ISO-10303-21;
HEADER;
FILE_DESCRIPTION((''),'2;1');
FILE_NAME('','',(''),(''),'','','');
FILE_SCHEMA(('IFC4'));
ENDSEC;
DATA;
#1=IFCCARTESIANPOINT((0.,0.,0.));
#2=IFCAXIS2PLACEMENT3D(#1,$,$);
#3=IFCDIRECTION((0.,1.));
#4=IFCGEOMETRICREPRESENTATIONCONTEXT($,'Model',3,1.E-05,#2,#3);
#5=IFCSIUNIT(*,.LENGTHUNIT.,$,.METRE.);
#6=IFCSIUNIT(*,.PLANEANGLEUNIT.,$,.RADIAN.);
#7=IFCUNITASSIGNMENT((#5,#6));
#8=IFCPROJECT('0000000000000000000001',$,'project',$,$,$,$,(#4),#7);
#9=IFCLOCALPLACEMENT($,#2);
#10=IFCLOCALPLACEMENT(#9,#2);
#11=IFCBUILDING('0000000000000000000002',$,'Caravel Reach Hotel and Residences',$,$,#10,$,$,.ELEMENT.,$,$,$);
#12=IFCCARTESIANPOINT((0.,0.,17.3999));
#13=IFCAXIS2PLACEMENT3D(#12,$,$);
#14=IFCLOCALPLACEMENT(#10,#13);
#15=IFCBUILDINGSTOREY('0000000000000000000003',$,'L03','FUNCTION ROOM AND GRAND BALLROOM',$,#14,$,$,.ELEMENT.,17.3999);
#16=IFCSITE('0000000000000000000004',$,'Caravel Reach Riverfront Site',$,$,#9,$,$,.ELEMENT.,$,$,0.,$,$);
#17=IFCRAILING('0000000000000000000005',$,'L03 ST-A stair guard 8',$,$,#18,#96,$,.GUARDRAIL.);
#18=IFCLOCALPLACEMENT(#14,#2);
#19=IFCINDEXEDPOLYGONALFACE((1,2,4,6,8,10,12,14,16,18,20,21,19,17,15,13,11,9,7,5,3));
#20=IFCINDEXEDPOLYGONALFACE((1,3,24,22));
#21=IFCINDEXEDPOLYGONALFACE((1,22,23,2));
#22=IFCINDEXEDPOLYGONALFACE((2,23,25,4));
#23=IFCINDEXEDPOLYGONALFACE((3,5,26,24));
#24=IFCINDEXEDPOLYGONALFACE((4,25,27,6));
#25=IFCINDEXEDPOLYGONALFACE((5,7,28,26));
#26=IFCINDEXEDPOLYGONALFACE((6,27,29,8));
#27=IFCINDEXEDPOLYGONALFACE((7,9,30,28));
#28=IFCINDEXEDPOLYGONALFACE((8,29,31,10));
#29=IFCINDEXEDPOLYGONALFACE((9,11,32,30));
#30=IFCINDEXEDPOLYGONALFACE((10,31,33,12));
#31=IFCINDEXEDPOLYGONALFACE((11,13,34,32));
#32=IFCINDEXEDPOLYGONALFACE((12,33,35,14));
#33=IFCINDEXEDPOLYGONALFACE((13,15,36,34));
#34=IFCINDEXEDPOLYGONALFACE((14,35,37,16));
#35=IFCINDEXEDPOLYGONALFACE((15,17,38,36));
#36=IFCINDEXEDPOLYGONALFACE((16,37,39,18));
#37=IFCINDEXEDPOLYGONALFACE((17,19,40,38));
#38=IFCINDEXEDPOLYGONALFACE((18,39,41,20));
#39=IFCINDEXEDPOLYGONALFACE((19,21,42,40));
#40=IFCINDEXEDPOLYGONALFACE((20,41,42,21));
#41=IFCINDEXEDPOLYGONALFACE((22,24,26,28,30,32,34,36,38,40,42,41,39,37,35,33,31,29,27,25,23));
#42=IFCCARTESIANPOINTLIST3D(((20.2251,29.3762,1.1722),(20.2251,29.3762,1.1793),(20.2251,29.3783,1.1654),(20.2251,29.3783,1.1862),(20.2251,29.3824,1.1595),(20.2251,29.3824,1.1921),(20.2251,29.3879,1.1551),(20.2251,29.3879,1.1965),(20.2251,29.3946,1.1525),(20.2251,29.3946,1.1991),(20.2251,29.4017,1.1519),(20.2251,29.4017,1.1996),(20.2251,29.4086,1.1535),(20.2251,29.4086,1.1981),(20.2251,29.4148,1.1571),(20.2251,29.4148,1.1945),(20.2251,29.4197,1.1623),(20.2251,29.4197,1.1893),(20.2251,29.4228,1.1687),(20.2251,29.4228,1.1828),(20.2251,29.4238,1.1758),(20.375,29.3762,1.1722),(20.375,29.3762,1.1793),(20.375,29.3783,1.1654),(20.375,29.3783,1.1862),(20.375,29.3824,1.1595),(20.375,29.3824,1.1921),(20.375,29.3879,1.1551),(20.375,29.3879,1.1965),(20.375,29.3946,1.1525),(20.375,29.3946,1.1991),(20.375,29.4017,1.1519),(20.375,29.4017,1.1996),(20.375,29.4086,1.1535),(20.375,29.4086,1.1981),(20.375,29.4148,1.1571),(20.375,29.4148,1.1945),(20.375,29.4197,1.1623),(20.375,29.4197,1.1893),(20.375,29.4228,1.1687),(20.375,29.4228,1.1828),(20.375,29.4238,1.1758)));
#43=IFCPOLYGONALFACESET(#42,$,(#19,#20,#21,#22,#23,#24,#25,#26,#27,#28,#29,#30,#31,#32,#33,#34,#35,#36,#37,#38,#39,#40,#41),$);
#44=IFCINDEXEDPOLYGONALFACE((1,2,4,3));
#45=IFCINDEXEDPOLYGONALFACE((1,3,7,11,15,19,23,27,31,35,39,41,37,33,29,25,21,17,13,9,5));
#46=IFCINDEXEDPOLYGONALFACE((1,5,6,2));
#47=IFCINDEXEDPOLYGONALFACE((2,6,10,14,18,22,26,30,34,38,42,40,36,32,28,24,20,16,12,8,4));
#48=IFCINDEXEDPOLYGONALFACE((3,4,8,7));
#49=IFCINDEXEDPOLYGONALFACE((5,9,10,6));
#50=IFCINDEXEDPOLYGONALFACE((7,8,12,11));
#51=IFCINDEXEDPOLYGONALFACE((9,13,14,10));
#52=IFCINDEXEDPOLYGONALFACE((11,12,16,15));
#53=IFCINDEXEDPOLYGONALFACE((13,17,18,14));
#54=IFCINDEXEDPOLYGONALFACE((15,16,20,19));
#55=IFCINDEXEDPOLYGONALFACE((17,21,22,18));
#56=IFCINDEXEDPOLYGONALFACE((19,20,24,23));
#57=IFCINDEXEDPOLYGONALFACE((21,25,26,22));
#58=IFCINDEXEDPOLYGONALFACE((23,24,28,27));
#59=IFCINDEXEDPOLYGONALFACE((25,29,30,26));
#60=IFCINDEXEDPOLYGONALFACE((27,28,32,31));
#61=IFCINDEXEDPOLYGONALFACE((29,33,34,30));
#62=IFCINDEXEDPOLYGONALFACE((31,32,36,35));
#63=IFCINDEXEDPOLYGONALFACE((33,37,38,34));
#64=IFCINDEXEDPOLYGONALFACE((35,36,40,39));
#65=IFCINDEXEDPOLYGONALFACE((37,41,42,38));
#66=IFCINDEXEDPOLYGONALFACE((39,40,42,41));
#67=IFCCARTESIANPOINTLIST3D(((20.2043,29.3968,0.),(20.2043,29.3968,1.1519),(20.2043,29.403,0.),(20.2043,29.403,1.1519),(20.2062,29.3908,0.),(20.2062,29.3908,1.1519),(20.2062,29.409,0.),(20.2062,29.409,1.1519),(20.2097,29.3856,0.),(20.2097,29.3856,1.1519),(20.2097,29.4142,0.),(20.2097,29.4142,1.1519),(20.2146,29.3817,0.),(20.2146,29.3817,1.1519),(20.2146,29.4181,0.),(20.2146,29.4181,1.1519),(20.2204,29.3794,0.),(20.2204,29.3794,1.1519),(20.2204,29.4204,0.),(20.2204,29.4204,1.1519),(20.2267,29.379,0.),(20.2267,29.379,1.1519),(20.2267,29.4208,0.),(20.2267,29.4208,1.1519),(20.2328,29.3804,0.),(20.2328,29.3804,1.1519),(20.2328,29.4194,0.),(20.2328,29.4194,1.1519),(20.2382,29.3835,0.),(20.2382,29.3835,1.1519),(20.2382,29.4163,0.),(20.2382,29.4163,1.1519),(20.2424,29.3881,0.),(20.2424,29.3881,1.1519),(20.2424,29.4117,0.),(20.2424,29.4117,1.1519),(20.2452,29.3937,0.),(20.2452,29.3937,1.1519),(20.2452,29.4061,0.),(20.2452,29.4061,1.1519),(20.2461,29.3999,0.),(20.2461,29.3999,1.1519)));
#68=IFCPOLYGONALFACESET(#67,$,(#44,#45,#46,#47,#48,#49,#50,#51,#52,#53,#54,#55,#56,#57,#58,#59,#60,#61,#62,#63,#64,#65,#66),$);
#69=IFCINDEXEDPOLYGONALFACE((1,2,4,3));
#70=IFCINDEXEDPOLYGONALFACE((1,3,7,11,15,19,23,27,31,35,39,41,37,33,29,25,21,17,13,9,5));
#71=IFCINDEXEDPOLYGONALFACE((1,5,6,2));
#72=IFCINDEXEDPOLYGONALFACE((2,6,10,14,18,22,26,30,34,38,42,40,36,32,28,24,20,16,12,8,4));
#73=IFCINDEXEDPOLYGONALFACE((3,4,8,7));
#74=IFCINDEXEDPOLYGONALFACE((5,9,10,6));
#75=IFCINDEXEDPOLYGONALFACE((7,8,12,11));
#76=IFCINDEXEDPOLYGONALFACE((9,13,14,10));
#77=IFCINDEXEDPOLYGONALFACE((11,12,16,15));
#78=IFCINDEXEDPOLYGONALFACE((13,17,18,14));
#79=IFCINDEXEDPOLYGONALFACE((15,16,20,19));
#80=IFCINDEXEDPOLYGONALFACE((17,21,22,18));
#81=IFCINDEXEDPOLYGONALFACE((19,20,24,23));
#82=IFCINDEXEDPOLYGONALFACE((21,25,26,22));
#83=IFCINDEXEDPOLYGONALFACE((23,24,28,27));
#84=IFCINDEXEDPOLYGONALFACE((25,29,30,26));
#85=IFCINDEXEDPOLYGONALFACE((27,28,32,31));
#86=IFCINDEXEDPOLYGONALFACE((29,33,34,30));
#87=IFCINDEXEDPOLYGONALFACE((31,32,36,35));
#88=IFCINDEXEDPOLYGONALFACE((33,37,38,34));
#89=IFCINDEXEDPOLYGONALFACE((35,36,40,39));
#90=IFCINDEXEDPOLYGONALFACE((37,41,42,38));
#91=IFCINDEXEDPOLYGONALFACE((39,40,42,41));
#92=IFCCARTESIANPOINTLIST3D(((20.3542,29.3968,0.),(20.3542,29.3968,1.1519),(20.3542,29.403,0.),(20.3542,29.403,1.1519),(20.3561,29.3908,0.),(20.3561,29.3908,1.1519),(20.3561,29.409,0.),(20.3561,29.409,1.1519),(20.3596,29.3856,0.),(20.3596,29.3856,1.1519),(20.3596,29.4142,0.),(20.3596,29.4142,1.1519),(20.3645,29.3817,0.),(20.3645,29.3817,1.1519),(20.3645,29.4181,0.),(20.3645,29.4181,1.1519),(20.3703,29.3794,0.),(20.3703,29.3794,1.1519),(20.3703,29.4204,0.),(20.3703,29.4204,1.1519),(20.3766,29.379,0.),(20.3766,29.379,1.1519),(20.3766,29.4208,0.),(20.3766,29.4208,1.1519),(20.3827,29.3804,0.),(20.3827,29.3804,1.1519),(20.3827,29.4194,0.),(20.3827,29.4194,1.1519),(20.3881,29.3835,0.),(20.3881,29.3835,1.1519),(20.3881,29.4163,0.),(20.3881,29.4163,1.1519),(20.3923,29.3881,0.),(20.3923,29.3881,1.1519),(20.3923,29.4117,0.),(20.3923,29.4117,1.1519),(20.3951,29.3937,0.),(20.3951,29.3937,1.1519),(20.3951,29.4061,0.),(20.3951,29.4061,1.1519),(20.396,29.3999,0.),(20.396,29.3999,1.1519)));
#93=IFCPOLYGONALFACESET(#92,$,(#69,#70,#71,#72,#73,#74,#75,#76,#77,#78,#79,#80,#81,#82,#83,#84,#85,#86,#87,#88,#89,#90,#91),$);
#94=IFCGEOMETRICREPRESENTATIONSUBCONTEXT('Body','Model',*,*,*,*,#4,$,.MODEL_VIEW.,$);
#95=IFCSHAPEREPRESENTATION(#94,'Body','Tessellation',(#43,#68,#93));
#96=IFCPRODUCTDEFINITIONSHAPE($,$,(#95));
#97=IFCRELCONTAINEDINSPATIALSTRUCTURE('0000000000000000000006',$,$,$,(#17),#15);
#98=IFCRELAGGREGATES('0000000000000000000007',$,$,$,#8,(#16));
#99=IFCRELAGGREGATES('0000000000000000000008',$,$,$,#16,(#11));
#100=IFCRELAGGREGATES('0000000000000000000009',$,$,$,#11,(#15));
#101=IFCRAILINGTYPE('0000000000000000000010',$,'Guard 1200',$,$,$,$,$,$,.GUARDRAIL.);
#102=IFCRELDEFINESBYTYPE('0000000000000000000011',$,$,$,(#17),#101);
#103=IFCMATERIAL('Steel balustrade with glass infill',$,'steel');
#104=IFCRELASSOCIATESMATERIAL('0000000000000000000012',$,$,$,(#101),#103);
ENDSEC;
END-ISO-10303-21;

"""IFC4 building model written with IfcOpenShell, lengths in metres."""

from ifc_helpers import new_model, si_unit, direction, frame, origin, origin_2d, place, context, subcontext, project, spatial, circle, extrude, material, type_object, element, save


model = new_model("IFC4")

# Units and contexts
model_context = context("Model", 3, precision=1e-05, world=origin(), true_north=direction((0.0, 1.0)))
body_context = subcontext(model_context, "Body", "Model", "MODEL_VIEW")
ifc_project = project(units=[si_unit("LENGTHUNIT", "METRE"), si_unit("PLANEANGLEUNIT", "RADIAN")], contexts=[model_context])

# Site, building, storey
site_placement = place(None, origin())
site = spatial("IfcSite", under=ifc_project, at=site_placement, Name="Caravel Reach Riverfront Site", CompositionType="ELEMENT", RefElevation=0.0)
building_placement = place(site_placement, origin())
building = spatial("IfcBuilding", under=site, at=building_placement, Name="Caravel Reach Hotel and Residences", CompositionType="ELEMENT")
storey_placement = place(building_placement, frame((0.0, 0.0, 17.3999)))
storey = spatial("IfcBuildingStorey", under=building, at=storey_placement, Name="L03", Description="FUNCTION ROOM AND GRAND BALLROOM", CompositionType="ELEMENT", Elevation=17.3999)

# Railing
ifc_material_1 = material(Name="Steel balustrade with glass infill", Category="steel")
railing_type_1 = type_object("IfcRailingType", Name="Guard 1200", PredefinedType="GUARDRAIL", material=ifc_material_1)
railing_1_placement = place(storey_placement, frame((20.2251, 29.3999, 0.0)))
element("IfcRailing", 1, at=railing_1_placement, inside=storey, type_object=railing_type_1, Name="L03 ST-A stair guard 8", PredefinedType="GUARDRAIL", context=body_context, shape_type="SweptSolid", body=[
    extrude(circle(Radius=0.0239, at=origin_2d()), frame((0.0, 0.0, 1.1758), z_axis=(1.0, 0.0, 0.0), x_axis=(0.0, 1.0, 0.0)), (0.0, 0.0, 1.0), 0.1499),
    extrude(circle(Radius=0.021, at=origin_2d()), origin(), (0.0, 0.0, 1.0), 1.1519),
    extrude(circle(Radius=0.021, at=origin_2d()), frame((0.1499, 0.0, 0.0)), (0.0, 0.0, 1.0), 1.1519),
])

save(model, "model.ifc")
